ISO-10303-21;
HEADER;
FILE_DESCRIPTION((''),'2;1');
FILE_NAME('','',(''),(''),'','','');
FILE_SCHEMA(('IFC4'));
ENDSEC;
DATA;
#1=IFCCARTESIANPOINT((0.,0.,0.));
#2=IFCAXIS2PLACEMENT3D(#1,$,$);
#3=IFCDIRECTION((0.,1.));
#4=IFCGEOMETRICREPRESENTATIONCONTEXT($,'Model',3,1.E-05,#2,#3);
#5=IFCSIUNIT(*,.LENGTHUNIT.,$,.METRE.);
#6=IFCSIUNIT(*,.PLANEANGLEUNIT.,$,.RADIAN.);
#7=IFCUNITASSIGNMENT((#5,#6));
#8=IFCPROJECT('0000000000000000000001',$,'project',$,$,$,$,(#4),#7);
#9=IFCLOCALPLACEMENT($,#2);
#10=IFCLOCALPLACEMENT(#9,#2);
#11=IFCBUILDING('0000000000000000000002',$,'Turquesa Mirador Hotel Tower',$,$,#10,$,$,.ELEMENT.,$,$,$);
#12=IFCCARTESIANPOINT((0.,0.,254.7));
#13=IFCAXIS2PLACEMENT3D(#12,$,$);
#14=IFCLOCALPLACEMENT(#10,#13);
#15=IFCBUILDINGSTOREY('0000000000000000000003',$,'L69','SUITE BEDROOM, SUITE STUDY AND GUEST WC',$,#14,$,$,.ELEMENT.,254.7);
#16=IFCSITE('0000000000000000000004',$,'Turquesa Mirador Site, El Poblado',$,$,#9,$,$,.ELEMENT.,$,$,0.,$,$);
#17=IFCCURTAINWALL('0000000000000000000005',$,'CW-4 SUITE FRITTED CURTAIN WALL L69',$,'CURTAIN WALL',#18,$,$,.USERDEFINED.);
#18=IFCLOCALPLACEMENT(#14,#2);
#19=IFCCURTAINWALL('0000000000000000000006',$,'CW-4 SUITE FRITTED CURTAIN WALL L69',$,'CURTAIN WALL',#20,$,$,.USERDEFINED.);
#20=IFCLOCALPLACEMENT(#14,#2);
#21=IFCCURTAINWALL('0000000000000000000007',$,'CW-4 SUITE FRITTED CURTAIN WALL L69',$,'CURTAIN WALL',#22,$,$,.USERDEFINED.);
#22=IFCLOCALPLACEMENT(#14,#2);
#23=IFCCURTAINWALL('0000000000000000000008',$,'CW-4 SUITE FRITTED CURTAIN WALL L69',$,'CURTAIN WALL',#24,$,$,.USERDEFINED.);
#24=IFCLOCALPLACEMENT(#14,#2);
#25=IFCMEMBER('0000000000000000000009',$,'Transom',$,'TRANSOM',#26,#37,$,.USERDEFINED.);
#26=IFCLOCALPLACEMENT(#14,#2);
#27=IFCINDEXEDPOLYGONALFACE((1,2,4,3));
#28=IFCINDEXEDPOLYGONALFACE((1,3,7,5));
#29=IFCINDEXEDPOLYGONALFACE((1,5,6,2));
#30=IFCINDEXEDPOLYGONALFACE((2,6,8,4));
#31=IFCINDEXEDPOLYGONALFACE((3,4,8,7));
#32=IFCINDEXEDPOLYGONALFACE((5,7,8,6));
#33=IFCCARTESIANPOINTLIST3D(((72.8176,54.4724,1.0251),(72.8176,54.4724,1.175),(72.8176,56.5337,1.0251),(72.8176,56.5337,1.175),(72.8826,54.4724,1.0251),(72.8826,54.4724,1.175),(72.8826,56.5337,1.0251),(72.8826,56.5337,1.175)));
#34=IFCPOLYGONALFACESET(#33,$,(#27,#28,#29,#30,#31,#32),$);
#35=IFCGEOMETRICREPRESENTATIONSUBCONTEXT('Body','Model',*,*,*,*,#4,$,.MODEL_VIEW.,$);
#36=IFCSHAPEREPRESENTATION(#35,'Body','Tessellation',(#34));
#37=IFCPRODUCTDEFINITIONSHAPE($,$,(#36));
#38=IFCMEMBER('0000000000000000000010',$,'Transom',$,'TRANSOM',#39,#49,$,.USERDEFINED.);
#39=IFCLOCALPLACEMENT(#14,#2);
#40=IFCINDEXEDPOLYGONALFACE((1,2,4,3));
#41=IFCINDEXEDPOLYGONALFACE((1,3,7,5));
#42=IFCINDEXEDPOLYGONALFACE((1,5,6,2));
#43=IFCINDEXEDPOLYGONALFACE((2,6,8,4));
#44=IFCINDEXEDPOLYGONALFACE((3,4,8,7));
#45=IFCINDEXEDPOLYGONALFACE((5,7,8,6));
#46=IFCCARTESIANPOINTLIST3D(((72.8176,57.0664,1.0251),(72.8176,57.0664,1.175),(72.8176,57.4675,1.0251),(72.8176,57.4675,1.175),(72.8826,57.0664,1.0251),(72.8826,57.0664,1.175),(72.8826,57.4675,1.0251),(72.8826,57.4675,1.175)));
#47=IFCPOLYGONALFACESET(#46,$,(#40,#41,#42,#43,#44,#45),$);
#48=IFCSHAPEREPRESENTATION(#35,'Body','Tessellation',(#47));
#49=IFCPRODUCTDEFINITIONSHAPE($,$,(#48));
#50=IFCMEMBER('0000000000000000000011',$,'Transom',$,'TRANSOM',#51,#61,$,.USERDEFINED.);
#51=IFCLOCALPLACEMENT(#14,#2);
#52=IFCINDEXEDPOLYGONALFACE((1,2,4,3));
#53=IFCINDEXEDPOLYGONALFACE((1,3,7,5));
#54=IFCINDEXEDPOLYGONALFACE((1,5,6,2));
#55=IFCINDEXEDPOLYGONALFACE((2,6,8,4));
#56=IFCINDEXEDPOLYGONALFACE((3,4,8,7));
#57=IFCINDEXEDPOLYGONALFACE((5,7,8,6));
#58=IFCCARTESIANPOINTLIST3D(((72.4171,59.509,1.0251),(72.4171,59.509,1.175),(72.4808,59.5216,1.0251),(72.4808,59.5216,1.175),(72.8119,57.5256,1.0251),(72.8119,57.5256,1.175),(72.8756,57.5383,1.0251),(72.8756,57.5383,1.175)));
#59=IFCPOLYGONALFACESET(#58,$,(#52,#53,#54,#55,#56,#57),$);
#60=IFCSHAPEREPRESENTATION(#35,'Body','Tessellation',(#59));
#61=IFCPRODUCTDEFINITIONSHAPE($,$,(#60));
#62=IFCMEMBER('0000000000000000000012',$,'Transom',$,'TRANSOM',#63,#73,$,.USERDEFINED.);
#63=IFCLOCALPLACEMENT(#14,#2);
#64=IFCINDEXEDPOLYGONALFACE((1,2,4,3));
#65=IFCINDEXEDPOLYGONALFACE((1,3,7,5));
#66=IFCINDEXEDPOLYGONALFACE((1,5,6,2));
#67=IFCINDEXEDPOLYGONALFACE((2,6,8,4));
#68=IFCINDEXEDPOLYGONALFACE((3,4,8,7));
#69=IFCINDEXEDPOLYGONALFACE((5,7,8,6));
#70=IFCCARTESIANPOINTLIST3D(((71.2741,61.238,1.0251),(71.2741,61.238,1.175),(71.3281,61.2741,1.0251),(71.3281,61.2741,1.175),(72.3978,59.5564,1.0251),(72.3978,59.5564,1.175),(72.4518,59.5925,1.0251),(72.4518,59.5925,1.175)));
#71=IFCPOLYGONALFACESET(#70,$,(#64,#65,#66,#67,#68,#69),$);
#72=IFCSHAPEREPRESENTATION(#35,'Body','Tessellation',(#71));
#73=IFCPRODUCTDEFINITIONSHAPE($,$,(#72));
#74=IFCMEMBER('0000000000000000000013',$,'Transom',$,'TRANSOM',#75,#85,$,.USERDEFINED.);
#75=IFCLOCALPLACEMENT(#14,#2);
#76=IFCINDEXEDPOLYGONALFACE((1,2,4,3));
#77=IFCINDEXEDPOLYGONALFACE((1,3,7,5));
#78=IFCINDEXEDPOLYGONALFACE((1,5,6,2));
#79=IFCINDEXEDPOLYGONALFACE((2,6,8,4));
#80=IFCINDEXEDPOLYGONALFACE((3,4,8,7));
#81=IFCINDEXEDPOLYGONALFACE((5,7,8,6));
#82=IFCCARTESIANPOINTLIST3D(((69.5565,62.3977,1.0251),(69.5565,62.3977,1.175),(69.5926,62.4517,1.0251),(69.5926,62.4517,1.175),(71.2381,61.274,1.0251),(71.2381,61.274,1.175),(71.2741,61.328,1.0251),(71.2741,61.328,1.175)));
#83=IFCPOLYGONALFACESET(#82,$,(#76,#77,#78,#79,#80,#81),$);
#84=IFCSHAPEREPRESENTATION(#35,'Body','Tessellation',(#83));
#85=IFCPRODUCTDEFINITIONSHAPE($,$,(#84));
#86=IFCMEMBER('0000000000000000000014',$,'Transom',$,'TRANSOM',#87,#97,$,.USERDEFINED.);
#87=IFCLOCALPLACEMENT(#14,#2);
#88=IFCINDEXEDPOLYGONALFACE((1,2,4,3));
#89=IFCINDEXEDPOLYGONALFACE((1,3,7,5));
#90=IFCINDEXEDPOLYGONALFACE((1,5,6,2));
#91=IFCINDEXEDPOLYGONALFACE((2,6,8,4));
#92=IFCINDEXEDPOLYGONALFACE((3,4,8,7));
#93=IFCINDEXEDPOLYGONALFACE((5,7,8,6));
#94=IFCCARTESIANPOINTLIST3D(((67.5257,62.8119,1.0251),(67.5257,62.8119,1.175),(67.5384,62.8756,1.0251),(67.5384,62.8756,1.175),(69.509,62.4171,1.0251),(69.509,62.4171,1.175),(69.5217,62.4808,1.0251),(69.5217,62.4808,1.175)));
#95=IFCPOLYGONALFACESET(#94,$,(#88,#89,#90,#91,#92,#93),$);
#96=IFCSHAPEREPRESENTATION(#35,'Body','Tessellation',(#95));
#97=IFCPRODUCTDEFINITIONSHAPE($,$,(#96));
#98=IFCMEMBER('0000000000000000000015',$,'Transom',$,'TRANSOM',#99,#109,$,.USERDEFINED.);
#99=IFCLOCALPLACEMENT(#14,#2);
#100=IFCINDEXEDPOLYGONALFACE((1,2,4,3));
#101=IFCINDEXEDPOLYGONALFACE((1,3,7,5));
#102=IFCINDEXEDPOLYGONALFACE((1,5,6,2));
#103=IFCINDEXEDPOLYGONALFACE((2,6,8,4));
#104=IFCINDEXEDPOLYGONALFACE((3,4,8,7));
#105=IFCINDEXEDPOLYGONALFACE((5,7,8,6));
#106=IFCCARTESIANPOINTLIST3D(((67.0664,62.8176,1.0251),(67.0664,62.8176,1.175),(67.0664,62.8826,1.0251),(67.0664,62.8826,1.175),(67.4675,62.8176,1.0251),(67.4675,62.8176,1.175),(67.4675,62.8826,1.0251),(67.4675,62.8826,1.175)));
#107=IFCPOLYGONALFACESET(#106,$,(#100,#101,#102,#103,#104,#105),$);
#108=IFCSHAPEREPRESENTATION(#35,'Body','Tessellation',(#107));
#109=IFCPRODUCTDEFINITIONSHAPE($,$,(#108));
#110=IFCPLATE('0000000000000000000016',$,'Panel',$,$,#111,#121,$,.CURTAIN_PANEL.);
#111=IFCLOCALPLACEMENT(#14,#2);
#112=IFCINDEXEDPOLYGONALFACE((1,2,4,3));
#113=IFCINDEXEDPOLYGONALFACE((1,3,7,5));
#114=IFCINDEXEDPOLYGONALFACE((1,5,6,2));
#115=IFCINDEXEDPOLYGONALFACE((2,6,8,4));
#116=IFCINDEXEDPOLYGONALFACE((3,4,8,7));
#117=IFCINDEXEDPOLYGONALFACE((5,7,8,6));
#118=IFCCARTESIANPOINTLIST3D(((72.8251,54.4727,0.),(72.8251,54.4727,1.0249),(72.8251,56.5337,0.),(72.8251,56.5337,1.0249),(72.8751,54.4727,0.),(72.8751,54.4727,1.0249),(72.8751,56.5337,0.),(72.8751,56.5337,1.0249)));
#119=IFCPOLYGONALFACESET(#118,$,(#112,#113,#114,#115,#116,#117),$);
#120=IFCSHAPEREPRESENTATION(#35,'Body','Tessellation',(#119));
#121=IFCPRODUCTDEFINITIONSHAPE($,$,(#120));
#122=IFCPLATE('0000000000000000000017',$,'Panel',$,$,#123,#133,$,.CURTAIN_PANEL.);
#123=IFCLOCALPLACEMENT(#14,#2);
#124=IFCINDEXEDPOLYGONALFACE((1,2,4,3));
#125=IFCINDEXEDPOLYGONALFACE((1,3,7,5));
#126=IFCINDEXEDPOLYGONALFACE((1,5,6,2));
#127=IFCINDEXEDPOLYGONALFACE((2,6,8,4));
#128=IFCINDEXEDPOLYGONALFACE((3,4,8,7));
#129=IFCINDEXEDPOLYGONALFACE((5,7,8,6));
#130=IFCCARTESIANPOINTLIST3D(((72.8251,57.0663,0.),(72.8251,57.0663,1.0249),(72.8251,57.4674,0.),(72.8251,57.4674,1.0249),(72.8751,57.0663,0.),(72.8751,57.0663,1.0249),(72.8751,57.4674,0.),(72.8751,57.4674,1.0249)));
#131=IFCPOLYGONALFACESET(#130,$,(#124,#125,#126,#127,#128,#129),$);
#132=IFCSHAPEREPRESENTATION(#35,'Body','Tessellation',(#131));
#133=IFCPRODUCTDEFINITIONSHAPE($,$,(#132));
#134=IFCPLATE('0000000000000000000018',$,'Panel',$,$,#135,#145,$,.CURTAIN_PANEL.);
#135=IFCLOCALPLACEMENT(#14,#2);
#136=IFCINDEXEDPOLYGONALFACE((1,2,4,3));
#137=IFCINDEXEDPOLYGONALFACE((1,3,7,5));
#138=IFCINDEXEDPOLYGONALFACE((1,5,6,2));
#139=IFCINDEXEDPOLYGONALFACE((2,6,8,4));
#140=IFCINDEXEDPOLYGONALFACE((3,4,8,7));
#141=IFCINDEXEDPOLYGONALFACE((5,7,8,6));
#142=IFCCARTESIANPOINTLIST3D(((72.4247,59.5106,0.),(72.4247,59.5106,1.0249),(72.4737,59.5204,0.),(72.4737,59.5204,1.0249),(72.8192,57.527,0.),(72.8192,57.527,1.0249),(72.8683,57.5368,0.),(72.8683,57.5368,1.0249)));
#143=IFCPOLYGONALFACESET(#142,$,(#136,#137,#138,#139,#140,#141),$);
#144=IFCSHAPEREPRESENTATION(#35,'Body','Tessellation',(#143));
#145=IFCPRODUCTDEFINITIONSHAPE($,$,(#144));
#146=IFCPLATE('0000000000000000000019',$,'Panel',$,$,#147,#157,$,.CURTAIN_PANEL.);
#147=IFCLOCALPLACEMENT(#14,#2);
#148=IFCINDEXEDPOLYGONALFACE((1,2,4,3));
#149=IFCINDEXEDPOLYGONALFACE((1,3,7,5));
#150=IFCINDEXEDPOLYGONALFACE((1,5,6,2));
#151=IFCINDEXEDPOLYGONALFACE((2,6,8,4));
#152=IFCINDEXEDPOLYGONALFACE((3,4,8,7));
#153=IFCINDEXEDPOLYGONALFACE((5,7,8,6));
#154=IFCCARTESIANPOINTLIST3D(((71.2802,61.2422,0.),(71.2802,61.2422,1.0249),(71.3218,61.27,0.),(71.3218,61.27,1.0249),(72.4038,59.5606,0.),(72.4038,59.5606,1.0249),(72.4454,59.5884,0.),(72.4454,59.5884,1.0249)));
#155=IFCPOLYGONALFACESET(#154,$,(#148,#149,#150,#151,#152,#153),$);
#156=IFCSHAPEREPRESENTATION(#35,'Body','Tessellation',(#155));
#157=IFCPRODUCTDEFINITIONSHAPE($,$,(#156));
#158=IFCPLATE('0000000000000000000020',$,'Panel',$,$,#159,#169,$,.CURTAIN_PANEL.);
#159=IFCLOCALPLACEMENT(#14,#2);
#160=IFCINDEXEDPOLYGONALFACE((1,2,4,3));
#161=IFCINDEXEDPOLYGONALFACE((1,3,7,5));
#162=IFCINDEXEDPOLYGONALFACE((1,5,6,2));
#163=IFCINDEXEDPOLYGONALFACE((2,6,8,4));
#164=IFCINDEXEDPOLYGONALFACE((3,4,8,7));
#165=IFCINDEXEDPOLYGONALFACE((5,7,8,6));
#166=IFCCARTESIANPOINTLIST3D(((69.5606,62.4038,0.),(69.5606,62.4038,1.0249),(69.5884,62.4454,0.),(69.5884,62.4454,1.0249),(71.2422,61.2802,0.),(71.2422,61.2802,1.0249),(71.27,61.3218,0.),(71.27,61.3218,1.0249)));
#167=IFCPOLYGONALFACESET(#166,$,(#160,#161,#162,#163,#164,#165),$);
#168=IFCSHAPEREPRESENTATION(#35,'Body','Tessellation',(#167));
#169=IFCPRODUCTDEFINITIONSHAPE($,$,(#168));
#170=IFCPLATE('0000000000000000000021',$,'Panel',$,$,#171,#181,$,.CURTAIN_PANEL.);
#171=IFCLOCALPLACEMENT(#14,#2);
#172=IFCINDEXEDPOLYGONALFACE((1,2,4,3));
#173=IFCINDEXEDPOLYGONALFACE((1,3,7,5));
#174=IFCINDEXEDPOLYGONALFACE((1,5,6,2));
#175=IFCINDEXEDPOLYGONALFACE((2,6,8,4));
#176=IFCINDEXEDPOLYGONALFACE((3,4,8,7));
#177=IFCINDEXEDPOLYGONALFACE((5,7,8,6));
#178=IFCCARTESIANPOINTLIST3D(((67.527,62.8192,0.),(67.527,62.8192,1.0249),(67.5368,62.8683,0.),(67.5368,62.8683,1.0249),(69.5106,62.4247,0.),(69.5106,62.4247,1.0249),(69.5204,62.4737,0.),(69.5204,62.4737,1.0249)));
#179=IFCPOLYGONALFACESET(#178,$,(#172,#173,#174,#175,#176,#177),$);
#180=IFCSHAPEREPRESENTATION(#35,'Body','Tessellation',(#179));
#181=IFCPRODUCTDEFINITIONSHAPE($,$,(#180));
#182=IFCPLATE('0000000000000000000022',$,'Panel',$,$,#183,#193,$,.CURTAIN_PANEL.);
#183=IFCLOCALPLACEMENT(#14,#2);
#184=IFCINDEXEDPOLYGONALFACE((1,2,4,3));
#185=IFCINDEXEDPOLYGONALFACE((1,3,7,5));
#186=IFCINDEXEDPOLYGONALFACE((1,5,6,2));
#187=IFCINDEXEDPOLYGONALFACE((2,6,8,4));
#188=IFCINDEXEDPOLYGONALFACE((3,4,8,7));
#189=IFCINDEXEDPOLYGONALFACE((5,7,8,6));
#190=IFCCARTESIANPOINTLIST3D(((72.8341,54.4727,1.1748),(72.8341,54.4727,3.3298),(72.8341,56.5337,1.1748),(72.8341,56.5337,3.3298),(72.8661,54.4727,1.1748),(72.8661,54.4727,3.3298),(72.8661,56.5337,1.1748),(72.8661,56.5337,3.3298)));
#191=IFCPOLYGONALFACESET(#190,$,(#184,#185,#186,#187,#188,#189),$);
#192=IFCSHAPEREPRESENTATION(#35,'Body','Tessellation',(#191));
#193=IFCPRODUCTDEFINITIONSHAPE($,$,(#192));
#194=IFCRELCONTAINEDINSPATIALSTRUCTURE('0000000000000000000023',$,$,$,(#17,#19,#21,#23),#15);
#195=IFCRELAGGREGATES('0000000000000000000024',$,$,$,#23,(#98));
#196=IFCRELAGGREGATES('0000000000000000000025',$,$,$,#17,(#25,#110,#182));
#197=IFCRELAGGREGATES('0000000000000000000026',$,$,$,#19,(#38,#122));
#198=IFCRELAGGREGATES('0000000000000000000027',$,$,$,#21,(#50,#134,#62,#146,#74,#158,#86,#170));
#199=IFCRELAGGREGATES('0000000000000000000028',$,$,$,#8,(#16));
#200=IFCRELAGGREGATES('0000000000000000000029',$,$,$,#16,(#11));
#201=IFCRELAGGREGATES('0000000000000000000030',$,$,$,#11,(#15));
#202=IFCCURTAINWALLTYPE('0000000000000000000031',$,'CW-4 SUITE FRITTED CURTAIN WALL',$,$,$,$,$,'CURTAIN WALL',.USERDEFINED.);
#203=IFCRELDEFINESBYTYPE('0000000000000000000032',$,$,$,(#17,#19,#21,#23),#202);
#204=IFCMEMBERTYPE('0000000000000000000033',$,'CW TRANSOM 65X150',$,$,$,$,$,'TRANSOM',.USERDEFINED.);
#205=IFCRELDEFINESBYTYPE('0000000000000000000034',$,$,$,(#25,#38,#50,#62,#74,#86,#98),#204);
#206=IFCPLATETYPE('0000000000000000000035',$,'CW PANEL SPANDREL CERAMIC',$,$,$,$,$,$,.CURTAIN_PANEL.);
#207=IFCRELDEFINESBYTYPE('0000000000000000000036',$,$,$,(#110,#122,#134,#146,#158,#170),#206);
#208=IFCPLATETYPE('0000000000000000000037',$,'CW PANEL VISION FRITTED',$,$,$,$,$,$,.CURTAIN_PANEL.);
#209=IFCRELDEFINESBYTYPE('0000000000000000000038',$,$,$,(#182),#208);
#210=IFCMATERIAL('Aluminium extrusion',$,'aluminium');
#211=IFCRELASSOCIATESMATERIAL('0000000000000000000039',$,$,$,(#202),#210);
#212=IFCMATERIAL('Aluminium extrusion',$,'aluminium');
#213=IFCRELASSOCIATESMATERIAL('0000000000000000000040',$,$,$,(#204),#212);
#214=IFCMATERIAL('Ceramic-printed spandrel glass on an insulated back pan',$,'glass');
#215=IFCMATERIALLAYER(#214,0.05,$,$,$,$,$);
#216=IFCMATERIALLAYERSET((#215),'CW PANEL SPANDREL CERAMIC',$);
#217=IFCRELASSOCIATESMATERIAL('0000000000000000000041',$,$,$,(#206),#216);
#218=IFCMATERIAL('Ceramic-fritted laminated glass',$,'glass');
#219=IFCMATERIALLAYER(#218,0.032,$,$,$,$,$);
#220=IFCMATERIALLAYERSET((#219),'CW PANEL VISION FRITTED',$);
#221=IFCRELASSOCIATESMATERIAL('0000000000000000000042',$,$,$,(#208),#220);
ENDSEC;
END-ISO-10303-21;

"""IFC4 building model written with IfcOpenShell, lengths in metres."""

from ifc_helpers import new_model, si_unit, direction, frame, origin, origin_2d, place, context, subcontext, project, spatial, rectangle, extrude, material, layer, layer_set, material_profile, profile_set, type_object, element, aggregate, save


model = new_model("IFC4")

# Units and contexts
model_context = context("Model", 3, precision=1e-05, world=origin(), true_north=direction((0.0, 1.0)))
body_context = subcontext(model_context, "Body", "Model", "MODEL_VIEW")
ifc_project = project(units=[si_unit("LENGTHUNIT", "METRE"), si_unit("PLANEANGLEUNIT", "RADIAN")], contexts=[model_context])

# Site, building, storey
site_placement = place(None, origin())
site = spatial("IfcSite", under=ifc_project, at=site_placement, Name="Turquesa Mirador Site, El Poblado", CompositionType="ELEMENT", RefElevation=0.0)
building_placement = place(site_placement, origin())
building = spatial("IfcBuilding", under=site, at=building_placement, Name="Turquesa Mirador Hotel Tower", CompositionType="ELEMENT")
storey_placement = place(building_placement, frame((0.0, 0.0, 254.7)))
storey = spatial("IfcBuildingStorey", under=building, at=storey_placement, Name="L69", Description="SUITE BEDROOM, SUITE STUDY AND GUEST WC", CompositionType="ELEMENT", Elevation=254.7)

# Curtain wall
ifc_material_1 = material(Name="Aluminium extrusion", Category="aluminium")
curtain_wall_type = type_object("IfcCurtainWallType", Name="CW-4 SUITE FRITTED CURTAIN WALL", ElementType="CURTAIN WALL", PredefinedType="USERDEFINED", material=ifc_material_1)
curtain_wall_1_placement = place(storey_placement, origin())
curtain_wall_1 = element("IfcCurtainWall", 1, at=curtain_wall_1_placement, inside=storey, type_object=curtain_wall_type, Name="CW-4 SUITE FRITTED CURTAIN WALL L69", ObjectType="CURTAIN WALL", PredefinedType="USERDEFINED")

# Curtain walls
curtain_wall_2_placement = place(storey_placement, origin())
curtain_wall_2 = element("IfcCurtainWall", 2, at=curtain_wall_2_placement, inside=storey, type_object=curtain_wall_type, Name="CW-4 SUITE FRITTED CURTAIN WALL L69", ObjectType="CURTAIN WALL", PredefinedType="USERDEFINED")
curtain_wall_3_placement = place(storey_placement, origin())
curtain_wall_3 = element("IfcCurtainWall", 3, at=curtain_wall_3_placement, inside=storey, type_object=curtain_wall_type, Name="CW-4 SUITE FRITTED CURTAIN WALL L69", ObjectType="CURTAIN WALL", PredefinedType="USERDEFINED")

# Curtain wall
curtain_wall_4_placement = place(storey_placement, origin())
curtain_wall_4 = element("IfcCurtainWall", 4, at=curtain_wall_4_placement, inside=storey, type_object=curtain_wall_type, Name="CW-4 SUITE FRITTED CURTAIN WALL L69", ObjectType="CURTAIN WALL", PredefinedType="USERDEFINED")

# Members
ifc_material_2 = material(Name="Aluminium extrusion", Category="aluminium")
ifc_material_profile_1 = material_profile(ifc_material_2, rectangle(XDim=0.0649, YDim=0.1499, at=origin_2d()), Name="TRANSOM 65X150")
ifc_profile_set_1 = profile_set([ifc_material_profile_1], Name="Aluminium extrusion")
member_type_1 = type_object("IfcMemberType", Name="CW TRANSOM 65X150", ElementType="TRANSOM", PredefinedType="USERDEFINED", material=ifc_profile_set_1)
member_1_placement = place(storey_placement, frame((72.8501, 54.4724, 1.1001), z_axis=(0.0, 1.0, 0.0), x_axis=(-1.0, 0.0, 0.0)))
member_1 = element("IfcMember", 5, at=member_1_placement, type_object=member_type_1, Name="Transom", ObjectType="TRANSOM", PredefinedType="USERDEFINED", context=body_context, shape_type="SweptSolid", body=[
    extrude(rectangle(XDim=0.0649, YDim=0.1499, at=origin_2d()), origin(), (0.0, 0.0, 1.0), 2.0613),
])
member_2_placement = place(storey_placement, frame((72.8501, 57.0664, 1.1001), z_axis=(0.0, 1.0, 0.0), x_axis=(-1.0, 0.0, 0.0)))
member_2 = element("IfcMember", 6, at=member_2_placement, type_object=member_type_1, Name="Transom", ObjectType="TRANSOM", PredefinedType="USERDEFINED", context=body_context, shape_type="SweptSolid", body=[
    extrude(rectangle(XDim=0.0649, YDim=0.1499, at=origin_2d()), origin(), (0.0, 0.0, 1.0), 0.4011),
])
member_3_placement = place(storey_placement, frame((72.8438, 57.532, 1.1001), z_axis=(-0.195211, 0.980761, 0.0), x_axis=(-0.980761, -0.195211, 0.0)))
member_3 = element("IfcMember", 7, at=member_3_placement, type_object=member_type_1, Name="Transom", ObjectType="TRANSOM", PredefinedType="USERDEFINED", context=body_context, shape_type="SweptSolid", body=[
    extrude(rectangle(XDim=0.0649, YDim=0.1499, at=origin_2d()), origin(), (0.0, 0.0, 1.0), 2.0222),
])
member_4_placement = place(storey_placement, frame((72.4248, 59.5745, 1.1001), z_axis=(-0.555619, 0.831437, 0.0), x_axis=(-0.831437, -0.555619, 0.0)))
member_4 = element("IfcMember", 8, at=member_4_placement, type_object=member_type_1, Name="Transom", ObjectType="TRANSOM", PredefinedType="USERDEFINED", context=body_context, shape_type="SweptSolid", body=[
    extrude(rectangle(XDim=0.0649, YDim=0.1499, at=origin_2d()), origin(), (0.0, 0.0, 1.0), 2.0225),
])
member_5_placement = place(storey_placement, frame((71.2561, 61.301, 1.1001), z_axis=(-0.831437, 0.555619, 0.0), x_axis=(-0.555619, -0.831437, 0.0)))
member_5 = element("IfcMember", 9, at=member_5_placement, type_object=member_type_1, Name="Transom", ObjectType="TRANSOM", PredefinedType="USERDEFINED", context=body_context, shape_type="SweptSolid", body=[
    extrude(rectangle(XDim=0.0649, YDim=0.1499, at=origin_2d()), origin(), (0.0, 0.0, 1.0), 2.0225),
])
member_6_placement = place(storey_placement, frame((69.5154, 62.449, 1.1001), z_axis=(-0.980761, 0.195211, 0.0), x_axis=(-0.195211, -0.980761, 0.0)))
member_6 = element("IfcMember", 10, at=member_6_placement, type_object=member_type_1, Name="Transom", ObjectType="TRANSOM", PredefinedType="USERDEFINED", context=body_context, shape_type="SweptSolid", body=[
    extrude(rectangle(XDim=0.0649, YDim=0.1499, at=origin_2d()), origin(), (0.0, 0.0, 1.0), 2.0222),
])
member_7_placement = place(storey_placement, frame((67.4675, 62.8501, 1.1001), z_axis=(-1.0, 0.0, 0.0), x_axis=(0.0, -1.0, 0.0)))
member_7 = element("IfcMember", 11, at=member_7_placement, type_object=member_type_1, Name="Transom", ObjectType="TRANSOM", PredefinedType="USERDEFINED", context=body_context, shape_type="SweptSolid", body=[
    extrude(rectangle(XDim=0.0649, YDim=0.1499, at=origin_2d()), origin(), (0.0, 0.0, 1.0), 0.4011),
])
aggregate(curtain_wall_4, [member_7])

# Plates
ifc_material_3 = material(Name="Ceramic-printed spandrel glass on an insulated back pan", Category="glass")
ifc_layer_1 = layer(ifc_material_3, 0.05)
ifc_layer_set_1 = layer_set([ifc_layer_1], Name="CW PANEL SPANDREL CERAMIC")
plate_type_1 = type_object("IfcPlateType", Name="CW PANEL SPANDREL CERAMIC", PredefinedType="CURTAIN_PANEL", material=ifc_layer_set_1)
plate_1_placement = place(storey_placement, frame((72.8501, 55.5032, 0.0), z_axis=(0.0, 0.0, 1.0), x_axis=(0.0, 1.0, 0.0)))
plate_1 = element("IfcPlate", 12, at=plate_1_placement, type_object=plate_type_1, Name="Panel", PredefinedType="CURTAIN_PANEL", context=body_context, shape_type="SweptSolid", body=[
    extrude(rectangle(XDim=2.061, YDim=0.05, at=origin_2d()), origin(), (0.0, 0.0, 1.0), 1.0249),
])
plate_2_placement = place(storey_placement, frame((72.8501, 57.2668, 0.0), z_axis=(0.0, 0.0, 1.0), x_axis=(0.0, 1.0, 0.0)))
plate_2 = element("IfcPlate", 13, at=plate_2_placement, type_object=plate_type_1, Name="Panel", PredefinedType="CURTAIN_PANEL", context=body_context, shape_type="SweptSolid", body=[
    extrude(rectangle(XDim=0.4011, YDim=0.05, at=origin_2d()), origin(), (0.0, 0.0, 1.0), 1.0249),
])
plate_3_placement = place(storey_placement, frame((72.6465, 58.5237, 0.0), z_axis=(0.0, 0.0, 1.0), x_axis=(-0.195091, 0.980785, 0.0)))
plate_3 = element("IfcPlate", 14, at=plate_3_placement, type_object=plate_type_1, Name="Panel", PredefinedType="CURTAIN_PANEL", context=body_context, shape_type="SweptSolid", body=[
    extrude(rectangle(XDim=2.0225, YDim=0.05, at=origin_2d()), origin(), (0.0, 0.0, 1.0), 1.0249),
])
plate_4_placement = place(storey_placement, frame((71.8628, 60.4153, 0.0), z_axis=(0.0, 0.0, 1.0), x_axis=(-0.55557, 0.83147, 0.0)))
plate_4 = element("IfcPlate", 15, at=plate_4_placement, type_object=plate_type_1, Name="Panel", PredefinedType="CURTAIN_PANEL", context=body_context, shape_type="SweptSolid", body=[
    extrude(rectangle(XDim=2.0225, YDim=0.05, at=origin_2d()), origin(), (0.0, 0.0, 1.0), 1.0249),
])
plate_5_placement = place(storey_placement, frame((70.4153, 61.8628, 0.0), z_axis=(0.0, 0.0, 1.0), x_axis=(-0.83147, 0.55557, 0.0)))
plate_5 = element("IfcPlate", 16, at=plate_5_placement, type_object=plate_type_1, Name="Panel", PredefinedType="CURTAIN_PANEL", context=body_context, shape_type="SweptSolid", body=[
    extrude(rectangle(XDim=2.0225, YDim=0.05, at=origin_2d()), origin(), (0.0, 0.0, 1.0), 1.0249),
])
plate_6_placement = place(storey_placement, frame((68.5237, 62.6465, 0.0), z_axis=(0.0, 0.0, 1.0), x_axis=(-0.980785, 0.195091, 0.0)))
plate_6 = element("IfcPlate", 17, at=plate_6_placement, type_object=plate_type_1, Name="Panel", PredefinedType="CURTAIN_PANEL", context=body_context, shape_type="SweptSolid", body=[
    extrude(rectangle(XDim=2.0225, YDim=0.05, at=origin_2d()), origin(), (0.0, 0.0, 1.0), 1.0249),
])
ifc_material_4 = material(Name="Ceramic-fritted laminated glass", Category="glass")
ifc_layer_2 = layer(ifc_material_4, 0.032)
ifc_layer_set_2 = layer_set([ifc_layer_2], Name="CW PANEL VISION FRITTED")
plate_type_2 = type_object("IfcPlateType", Name="CW PANEL VISION FRITTED", PredefinedType="CURTAIN_PANEL", material=ifc_layer_set_2)
plate_7_placement = place(storey_placement, frame((72.8501, 55.5032, 1.1748), z_axis=(0.0, 0.0, 1.0), x_axis=(0.0, 1.0, 0.0)))
plate_7 = element("IfcPlate", 18, at=plate_7_placement, type_object=plate_type_2, Name="Panel", PredefinedType="CURTAIN_PANEL", context=body_context, shape_type="SweptSolid", body=[
    extrude(rectangle(XDim=2.061, YDim=0.032, at=origin_2d()), origin(), (0.0, 0.0, 1.0), 2.155),
])
aggregate(curtain_wall_1, [member_1, plate_1, plate_7])
aggregate(curtain_wall_2, [member_2, plate_2])
aggregate(curtain_wall_3, [member_3, plate_3, member_4, plate_4, member_5, plate_5, member_6, plate_6])

save(model, "model.ifc")
